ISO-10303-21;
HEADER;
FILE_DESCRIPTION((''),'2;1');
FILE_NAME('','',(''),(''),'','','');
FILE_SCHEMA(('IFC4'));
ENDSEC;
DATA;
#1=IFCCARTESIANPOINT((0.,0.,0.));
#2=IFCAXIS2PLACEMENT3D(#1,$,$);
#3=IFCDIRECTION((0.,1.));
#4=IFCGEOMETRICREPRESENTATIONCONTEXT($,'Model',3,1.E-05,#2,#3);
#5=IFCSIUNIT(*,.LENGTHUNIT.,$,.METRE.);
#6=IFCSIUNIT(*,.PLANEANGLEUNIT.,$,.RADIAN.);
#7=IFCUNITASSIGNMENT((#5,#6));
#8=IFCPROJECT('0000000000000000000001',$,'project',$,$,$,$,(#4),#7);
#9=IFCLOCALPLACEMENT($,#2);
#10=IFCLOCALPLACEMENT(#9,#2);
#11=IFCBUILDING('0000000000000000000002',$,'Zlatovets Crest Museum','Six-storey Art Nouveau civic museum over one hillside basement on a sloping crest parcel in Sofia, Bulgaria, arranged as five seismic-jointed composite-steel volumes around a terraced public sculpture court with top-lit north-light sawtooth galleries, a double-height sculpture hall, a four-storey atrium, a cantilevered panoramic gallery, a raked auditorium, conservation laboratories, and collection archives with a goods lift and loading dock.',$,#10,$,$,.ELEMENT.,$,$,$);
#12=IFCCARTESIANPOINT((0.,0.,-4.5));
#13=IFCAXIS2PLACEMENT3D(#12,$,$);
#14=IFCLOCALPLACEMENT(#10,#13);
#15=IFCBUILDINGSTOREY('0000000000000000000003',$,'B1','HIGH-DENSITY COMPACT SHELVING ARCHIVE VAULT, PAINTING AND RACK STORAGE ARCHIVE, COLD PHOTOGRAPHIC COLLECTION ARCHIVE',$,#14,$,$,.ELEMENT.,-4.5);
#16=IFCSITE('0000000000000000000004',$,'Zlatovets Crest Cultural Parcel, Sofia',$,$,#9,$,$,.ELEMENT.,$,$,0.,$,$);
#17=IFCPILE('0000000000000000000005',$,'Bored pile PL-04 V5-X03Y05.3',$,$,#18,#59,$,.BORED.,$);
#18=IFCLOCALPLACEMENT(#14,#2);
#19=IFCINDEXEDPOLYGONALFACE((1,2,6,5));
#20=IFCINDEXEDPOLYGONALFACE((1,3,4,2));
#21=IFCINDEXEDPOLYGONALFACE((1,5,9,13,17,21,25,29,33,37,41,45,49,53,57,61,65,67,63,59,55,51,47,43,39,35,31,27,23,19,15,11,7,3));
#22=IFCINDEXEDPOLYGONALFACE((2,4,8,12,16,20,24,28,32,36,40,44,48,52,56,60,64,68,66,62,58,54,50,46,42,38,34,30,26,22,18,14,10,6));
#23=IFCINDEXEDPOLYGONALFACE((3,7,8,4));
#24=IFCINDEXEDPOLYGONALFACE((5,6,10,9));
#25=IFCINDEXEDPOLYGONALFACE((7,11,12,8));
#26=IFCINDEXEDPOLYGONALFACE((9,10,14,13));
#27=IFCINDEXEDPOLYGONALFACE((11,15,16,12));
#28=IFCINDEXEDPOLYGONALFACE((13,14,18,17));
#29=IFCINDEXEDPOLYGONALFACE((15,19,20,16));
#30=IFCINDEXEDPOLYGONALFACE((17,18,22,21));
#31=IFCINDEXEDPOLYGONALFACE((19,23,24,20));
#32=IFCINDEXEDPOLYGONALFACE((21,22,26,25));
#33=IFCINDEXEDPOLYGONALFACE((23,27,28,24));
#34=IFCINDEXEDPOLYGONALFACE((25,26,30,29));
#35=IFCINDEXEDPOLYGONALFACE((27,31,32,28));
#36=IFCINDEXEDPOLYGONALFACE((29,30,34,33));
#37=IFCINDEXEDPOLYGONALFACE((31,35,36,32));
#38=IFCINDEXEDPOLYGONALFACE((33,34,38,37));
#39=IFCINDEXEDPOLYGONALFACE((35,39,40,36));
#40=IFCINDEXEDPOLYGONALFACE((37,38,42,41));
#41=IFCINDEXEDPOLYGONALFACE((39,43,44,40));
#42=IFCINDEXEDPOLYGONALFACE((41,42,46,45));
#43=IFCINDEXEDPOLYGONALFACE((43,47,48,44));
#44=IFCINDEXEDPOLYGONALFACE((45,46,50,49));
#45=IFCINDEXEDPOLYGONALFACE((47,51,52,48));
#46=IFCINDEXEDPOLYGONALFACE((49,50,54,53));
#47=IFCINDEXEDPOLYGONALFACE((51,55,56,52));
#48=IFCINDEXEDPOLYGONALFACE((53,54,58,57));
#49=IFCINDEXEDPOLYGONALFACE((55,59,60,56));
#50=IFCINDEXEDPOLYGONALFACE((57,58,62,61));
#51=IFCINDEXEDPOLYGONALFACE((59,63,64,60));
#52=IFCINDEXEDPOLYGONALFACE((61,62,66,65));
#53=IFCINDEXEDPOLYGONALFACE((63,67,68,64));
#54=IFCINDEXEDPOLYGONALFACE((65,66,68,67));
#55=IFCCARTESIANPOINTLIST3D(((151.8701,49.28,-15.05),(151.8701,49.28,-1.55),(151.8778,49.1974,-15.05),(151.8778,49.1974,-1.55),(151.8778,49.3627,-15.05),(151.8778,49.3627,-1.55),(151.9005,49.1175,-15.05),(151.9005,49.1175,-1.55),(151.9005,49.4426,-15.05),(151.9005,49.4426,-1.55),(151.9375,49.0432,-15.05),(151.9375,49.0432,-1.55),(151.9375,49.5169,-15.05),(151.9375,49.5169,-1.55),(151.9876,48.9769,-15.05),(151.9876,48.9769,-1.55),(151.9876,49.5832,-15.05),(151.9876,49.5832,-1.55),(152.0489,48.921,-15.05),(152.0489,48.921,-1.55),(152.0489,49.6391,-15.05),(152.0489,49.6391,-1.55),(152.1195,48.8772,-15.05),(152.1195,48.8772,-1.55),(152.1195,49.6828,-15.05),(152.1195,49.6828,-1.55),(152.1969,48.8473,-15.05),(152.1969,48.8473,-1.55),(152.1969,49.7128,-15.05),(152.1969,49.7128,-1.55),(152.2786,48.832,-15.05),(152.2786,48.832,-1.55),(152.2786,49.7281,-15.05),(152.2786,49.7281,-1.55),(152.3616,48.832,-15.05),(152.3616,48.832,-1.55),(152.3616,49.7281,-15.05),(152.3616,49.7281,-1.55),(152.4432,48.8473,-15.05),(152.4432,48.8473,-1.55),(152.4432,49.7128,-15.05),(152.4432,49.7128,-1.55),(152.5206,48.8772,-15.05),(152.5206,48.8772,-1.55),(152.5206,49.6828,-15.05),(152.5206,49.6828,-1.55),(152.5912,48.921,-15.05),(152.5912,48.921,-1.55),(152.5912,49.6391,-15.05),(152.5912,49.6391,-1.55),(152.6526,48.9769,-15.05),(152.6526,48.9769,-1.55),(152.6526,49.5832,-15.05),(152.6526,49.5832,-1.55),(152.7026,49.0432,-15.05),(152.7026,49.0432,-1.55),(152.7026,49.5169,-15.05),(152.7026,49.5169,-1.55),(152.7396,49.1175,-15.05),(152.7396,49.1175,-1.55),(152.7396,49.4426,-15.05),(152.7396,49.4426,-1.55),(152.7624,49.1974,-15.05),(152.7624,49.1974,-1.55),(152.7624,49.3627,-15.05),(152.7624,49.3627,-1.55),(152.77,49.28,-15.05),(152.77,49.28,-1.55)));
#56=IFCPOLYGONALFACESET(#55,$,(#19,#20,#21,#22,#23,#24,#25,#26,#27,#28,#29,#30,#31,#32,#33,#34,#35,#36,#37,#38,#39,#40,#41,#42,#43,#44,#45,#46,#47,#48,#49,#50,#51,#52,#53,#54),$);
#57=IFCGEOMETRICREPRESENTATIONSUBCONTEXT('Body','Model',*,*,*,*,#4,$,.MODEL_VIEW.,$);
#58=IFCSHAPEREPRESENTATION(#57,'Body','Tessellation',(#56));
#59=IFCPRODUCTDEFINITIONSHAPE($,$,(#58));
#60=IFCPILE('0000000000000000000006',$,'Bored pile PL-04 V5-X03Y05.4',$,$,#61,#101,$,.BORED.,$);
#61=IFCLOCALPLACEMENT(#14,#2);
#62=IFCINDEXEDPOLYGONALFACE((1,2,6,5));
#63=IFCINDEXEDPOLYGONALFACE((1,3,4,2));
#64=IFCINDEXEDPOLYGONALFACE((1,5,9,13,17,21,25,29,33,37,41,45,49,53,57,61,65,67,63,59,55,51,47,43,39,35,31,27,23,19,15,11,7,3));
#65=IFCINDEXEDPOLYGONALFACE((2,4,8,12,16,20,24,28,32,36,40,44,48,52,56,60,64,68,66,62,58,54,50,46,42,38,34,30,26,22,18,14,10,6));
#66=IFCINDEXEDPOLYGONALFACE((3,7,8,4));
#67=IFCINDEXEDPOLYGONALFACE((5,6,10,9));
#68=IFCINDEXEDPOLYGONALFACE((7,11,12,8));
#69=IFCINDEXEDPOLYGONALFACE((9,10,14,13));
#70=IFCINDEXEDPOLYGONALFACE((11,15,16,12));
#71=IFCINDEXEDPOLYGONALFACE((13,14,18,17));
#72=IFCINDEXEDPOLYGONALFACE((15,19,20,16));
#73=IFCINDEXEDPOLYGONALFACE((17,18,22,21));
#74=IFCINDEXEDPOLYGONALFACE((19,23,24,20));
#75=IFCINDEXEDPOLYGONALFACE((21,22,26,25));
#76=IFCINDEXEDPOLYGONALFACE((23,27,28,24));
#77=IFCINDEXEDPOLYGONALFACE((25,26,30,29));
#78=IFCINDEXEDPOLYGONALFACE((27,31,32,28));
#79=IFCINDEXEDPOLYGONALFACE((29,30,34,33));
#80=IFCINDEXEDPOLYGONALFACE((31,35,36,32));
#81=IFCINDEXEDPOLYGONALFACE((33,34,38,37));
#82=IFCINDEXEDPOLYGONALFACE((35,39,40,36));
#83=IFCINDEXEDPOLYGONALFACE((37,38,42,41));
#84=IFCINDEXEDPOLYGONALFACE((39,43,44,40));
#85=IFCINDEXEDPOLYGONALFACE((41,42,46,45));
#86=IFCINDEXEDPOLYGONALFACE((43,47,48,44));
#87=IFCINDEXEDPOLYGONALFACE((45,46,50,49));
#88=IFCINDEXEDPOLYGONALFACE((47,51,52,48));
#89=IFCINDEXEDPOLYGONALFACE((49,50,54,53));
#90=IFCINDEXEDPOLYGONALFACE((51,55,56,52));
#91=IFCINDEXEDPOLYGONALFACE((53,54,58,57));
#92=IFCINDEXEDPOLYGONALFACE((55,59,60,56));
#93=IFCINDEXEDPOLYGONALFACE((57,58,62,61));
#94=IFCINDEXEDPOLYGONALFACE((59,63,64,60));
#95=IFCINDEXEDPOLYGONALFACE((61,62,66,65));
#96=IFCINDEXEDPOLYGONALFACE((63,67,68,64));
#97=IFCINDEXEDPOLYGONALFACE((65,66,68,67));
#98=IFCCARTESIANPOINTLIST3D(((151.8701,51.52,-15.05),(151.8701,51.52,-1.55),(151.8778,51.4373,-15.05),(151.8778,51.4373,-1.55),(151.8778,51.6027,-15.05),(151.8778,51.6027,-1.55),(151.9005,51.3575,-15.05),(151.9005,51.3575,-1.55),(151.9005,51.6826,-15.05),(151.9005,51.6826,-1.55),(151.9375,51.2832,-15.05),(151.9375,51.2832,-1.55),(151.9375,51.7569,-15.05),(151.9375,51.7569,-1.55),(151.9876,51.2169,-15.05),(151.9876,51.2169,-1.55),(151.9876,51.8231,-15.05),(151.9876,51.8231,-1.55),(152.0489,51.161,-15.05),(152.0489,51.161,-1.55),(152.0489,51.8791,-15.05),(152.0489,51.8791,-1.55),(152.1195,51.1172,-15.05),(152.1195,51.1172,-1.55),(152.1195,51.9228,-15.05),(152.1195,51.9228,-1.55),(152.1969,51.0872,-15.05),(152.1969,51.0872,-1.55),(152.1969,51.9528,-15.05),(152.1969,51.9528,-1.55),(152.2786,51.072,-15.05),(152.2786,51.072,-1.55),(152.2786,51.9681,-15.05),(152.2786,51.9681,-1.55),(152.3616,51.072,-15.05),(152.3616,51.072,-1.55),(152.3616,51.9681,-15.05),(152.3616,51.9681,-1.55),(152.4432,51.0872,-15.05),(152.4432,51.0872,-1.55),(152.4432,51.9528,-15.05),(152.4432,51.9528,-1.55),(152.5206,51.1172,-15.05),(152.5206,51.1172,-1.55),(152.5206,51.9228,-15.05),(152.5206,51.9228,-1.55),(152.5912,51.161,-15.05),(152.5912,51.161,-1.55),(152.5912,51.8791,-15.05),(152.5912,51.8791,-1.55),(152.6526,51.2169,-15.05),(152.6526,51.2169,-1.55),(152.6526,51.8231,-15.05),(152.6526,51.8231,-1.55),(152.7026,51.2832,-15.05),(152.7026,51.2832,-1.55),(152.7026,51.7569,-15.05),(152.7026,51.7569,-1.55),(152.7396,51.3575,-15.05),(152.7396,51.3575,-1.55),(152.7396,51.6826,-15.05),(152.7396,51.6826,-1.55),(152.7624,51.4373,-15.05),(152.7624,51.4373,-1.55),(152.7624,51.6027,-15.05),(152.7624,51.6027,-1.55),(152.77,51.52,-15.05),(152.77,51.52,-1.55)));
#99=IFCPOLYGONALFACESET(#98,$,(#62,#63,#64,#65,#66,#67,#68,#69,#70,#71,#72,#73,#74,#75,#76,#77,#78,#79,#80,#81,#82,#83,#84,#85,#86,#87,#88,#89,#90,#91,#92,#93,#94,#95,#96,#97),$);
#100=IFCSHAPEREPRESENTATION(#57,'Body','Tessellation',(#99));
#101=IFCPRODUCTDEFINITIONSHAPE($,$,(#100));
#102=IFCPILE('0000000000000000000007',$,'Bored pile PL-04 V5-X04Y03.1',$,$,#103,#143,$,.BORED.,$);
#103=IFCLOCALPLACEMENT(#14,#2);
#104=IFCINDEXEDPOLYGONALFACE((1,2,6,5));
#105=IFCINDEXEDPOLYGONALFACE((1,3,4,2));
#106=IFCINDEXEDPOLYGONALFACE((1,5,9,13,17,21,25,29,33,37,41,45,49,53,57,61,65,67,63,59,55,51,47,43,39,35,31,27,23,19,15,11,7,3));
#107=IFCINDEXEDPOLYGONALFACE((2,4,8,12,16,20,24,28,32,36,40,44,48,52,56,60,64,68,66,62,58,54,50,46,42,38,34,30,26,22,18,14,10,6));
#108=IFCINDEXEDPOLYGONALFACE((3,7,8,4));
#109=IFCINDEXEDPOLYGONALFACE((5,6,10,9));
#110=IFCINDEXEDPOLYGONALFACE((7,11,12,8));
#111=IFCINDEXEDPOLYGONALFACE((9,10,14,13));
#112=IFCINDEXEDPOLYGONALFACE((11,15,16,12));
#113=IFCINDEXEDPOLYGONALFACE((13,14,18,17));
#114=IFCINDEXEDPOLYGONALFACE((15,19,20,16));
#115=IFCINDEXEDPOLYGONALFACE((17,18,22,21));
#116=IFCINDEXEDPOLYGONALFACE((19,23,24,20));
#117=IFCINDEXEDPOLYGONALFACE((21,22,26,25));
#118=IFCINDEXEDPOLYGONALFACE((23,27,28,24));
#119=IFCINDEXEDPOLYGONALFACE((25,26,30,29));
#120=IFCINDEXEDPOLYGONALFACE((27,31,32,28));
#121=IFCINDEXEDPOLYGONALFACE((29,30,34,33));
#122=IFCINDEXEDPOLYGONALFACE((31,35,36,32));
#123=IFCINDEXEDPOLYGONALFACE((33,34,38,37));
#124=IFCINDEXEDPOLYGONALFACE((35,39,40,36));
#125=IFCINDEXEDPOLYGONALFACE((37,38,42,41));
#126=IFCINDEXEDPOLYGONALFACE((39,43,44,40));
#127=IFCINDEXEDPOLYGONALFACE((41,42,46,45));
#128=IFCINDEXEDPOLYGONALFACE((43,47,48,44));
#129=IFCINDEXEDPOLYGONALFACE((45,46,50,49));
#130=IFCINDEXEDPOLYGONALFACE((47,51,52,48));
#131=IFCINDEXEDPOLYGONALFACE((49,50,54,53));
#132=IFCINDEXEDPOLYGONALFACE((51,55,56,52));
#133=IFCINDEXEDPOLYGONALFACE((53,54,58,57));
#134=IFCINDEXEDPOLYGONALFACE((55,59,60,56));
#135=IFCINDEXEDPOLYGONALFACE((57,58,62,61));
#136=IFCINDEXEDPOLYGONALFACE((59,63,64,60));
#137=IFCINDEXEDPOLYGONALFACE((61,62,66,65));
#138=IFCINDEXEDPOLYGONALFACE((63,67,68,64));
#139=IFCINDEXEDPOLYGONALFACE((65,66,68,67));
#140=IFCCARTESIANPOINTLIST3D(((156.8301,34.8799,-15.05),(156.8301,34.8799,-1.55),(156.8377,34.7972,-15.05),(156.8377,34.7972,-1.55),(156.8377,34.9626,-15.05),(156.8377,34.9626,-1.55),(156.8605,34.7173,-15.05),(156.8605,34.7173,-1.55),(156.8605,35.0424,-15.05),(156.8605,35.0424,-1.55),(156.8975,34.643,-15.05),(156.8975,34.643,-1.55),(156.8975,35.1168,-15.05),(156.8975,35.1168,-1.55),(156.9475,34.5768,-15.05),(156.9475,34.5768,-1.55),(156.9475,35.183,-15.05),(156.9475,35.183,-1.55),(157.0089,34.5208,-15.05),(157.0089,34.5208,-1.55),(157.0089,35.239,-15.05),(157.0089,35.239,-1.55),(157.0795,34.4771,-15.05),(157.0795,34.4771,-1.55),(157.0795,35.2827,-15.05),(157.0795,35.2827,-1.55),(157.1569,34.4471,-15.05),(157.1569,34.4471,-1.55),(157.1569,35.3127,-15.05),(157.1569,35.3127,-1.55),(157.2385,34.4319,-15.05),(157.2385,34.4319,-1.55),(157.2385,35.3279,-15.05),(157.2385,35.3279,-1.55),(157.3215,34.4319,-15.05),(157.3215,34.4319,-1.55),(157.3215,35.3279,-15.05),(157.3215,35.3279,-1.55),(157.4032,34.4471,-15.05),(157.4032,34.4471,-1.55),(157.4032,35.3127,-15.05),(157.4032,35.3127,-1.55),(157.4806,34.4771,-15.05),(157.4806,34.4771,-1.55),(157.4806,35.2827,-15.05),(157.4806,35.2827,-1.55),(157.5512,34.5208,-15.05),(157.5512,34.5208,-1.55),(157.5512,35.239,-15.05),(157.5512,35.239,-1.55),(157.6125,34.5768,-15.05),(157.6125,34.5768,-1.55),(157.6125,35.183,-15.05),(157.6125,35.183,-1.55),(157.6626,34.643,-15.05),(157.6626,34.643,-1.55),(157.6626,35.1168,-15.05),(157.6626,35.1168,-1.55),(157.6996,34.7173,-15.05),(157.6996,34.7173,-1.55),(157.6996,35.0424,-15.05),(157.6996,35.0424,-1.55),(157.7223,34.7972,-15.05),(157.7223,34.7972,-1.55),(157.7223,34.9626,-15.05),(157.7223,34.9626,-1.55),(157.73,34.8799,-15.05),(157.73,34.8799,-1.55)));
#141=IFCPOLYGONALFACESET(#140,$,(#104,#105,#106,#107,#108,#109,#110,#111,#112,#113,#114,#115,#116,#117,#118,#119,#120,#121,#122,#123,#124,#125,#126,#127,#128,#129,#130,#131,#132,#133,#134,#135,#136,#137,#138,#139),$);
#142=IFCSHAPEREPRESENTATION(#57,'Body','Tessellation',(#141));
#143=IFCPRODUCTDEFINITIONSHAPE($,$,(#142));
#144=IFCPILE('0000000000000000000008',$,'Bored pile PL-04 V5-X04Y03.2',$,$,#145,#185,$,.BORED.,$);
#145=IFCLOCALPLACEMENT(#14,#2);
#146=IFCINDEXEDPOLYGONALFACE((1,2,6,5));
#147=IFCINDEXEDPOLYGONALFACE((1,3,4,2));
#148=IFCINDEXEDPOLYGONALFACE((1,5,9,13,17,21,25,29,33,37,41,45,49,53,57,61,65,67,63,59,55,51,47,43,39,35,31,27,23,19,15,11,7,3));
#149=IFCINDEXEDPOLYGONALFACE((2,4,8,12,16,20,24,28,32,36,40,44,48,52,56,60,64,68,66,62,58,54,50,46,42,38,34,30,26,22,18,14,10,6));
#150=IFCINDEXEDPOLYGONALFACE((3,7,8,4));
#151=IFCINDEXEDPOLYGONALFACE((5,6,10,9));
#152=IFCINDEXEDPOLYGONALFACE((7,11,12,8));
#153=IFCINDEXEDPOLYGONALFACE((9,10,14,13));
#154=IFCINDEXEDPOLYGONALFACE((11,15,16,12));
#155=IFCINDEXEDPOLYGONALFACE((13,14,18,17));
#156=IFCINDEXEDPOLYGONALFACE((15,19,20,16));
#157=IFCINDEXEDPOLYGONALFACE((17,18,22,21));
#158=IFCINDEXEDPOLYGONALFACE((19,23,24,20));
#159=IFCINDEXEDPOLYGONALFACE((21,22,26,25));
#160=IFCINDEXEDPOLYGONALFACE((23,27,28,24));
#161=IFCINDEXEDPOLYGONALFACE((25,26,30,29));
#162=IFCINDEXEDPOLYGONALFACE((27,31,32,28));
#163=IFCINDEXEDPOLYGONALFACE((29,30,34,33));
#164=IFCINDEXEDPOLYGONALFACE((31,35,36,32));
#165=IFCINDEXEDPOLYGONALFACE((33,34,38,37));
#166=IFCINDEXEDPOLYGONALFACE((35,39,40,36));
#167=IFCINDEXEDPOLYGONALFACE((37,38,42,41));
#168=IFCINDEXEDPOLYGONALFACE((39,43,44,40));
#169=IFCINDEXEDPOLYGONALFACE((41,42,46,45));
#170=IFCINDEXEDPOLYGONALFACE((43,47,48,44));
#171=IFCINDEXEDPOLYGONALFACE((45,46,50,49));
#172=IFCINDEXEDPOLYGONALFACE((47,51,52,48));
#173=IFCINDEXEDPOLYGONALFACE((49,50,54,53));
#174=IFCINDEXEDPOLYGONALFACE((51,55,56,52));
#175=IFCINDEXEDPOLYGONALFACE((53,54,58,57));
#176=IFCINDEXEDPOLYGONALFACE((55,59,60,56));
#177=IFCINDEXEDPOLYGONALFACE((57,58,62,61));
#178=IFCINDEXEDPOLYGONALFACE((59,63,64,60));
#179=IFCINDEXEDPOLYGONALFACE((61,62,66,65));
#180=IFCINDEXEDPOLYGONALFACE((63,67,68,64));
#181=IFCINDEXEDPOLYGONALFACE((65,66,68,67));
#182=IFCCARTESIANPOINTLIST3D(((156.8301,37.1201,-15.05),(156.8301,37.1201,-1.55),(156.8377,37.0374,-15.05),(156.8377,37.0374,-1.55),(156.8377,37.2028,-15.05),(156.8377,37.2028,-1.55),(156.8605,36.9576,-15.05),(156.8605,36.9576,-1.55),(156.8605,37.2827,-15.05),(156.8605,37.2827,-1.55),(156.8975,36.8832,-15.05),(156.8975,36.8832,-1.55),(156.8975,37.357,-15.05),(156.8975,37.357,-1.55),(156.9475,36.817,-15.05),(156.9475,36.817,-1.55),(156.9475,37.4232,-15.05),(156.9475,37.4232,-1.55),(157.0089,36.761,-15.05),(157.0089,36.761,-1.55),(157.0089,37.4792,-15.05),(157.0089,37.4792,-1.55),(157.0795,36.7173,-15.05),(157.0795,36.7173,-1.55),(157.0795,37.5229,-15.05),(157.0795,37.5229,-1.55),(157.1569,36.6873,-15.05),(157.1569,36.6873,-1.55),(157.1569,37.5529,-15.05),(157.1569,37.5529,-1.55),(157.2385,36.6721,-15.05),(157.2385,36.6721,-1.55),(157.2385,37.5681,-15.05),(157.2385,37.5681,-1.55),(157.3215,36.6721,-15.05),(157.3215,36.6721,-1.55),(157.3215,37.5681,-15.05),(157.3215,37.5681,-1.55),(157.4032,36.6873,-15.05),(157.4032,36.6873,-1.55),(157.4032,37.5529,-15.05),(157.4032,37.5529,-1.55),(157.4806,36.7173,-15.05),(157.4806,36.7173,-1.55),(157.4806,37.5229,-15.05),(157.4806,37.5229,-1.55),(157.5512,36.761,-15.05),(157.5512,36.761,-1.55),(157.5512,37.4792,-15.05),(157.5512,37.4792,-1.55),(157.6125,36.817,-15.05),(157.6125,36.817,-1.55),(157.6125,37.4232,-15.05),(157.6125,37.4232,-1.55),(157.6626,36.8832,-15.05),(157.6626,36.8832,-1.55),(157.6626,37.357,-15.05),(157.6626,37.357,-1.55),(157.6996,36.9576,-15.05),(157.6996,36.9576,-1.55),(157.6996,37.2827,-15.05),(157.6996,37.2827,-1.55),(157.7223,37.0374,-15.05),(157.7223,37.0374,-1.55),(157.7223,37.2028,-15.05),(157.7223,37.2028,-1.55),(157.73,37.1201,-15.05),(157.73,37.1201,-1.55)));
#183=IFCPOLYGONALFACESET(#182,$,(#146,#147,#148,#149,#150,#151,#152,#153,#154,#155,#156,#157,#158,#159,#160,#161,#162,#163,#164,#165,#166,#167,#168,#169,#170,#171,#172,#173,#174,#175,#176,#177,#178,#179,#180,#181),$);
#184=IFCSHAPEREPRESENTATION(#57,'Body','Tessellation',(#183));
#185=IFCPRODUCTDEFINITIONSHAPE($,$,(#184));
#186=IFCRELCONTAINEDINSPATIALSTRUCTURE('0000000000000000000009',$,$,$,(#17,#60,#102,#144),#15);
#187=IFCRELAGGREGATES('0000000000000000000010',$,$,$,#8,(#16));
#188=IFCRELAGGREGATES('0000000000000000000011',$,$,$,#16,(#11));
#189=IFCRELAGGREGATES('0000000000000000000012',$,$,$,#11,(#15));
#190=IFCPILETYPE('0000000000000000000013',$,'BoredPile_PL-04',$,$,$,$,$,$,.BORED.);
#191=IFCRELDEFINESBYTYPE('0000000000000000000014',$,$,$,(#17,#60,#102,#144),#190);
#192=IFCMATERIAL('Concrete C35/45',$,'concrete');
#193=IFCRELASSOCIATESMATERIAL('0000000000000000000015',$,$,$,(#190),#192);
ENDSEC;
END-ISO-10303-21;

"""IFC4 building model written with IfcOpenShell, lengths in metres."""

from ifc_helpers import new_model, si_unit, direction, frame, origin, origin_2d, place, context, subcontext, project, spatial, circle, extrude, material, material_profile, profile_set, type_object, element, save


model = new_model("IFC4")

# Units and contexts
model_context = context("Model", 3, precision=1e-05, world=origin(), true_north=direction((0.0, 1.0)))
body_context = subcontext(model_context, "Body", "Model", "MODEL_VIEW")
ifc_project = project(units=[si_unit("LENGTHUNIT", "METRE"), si_unit("PLANEANGLEUNIT", "RADIAN")], contexts=[model_context])

# Site, building, storey
site_placement = place(None, origin())
site = spatial("IfcSite", under=ifc_project, at=site_placement, Name="Zlatovets Crest Cultural Parcel, Sofia", CompositionType="ELEMENT", RefElevation=0.0)
building_placement = place(site_placement, origin())
building = spatial("IfcBuilding", under=site, at=building_placement, Name="Zlatovets Crest Museum", Description="Six-storey Art Nouveau civic museum over one hillside basement on a sloping crest parcel in Sofia, Bulgaria, arranged as five seismic-jointed composite-steel volumes around a terraced public sculpture court with top-lit north-light sawtooth galleries, a double-height sculpture hall, a four-storey atrium, a cantilevered panoramic gallery, a raked auditorium, conservation laboratories, and collection archives with a goods lift and loading dock.", CompositionType="ELEMENT")
storey_placement = place(building_placement, frame((0.0, 0.0, -4.5)))
storey = spatial("IfcBuildingStorey", under=building, at=storey_placement, Name="B1", Description="HIGH-DENSITY COMPACT SHELVING ARCHIVE VAULT, PAINTING AND RACK STORAGE ARCHIVE, COLD PHOTOGRAPHIC COLLECTION ARCHIVE", CompositionType="ELEMENT", Elevation=-4.5)

# Piles
ifc_material = material(Name="Concrete C35/45", Category="concrete")
ifc_material_profile_1 = material_profile(ifc_material, circle(Radius=0.45, at=origin_2d()), Name="PILE D900")
ifc_profile_set_1 = profile_set([ifc_material_profile_1], Name="Concrete C35/45")
pile_type = type_object("IfcPileType", Name="BoredPile_PL-04", PredefinedType="BORED", material=ifc_profile_set_1)
for number, where, z_axis, x_axis, name in (
    (1, (152.3201, 49.28, -1.55), (0.0, 0.0, -1.0), (1.0, 0.0, 0.0), "Bored pile PL-04 V5-X03Y05.3"),
    (2, (152.3201, 51.52, -1.55), (0.0, 0.0, -1.0), (1.0, 0.0, 0.0), "Bored pile PL-04 V5-X03Y05.4"),
    (3, (157.28, 34.8799, -1.55), (0.0, 0.0, -1.0), (1.0, 0.0, 0.0), "Bored pile PL-04 V5-X04Y03.1"),
    (4, (157.28, 37.1201, -1.55), (0.0, 0.0, -1.0), (1.0, 0.0, 0.0), "Bored pile PL-04 V5-X04Y03.2"),
):
    element("IfcPile", number, at=place(storey_placement, frame(where, z_axis=z_axis, x_axis=x_axis)), inside=storey, type_object=pile_type, Name=name, PredefinedType="BORED", context=body_context, shape_type="SweptSolid", body=[
        extrude(circle(Radius=0.45, at=origin_2d()), origin(), (0.0, 0.0, 1.0), 13.5),
    ])

save(model, "model.ifc")
